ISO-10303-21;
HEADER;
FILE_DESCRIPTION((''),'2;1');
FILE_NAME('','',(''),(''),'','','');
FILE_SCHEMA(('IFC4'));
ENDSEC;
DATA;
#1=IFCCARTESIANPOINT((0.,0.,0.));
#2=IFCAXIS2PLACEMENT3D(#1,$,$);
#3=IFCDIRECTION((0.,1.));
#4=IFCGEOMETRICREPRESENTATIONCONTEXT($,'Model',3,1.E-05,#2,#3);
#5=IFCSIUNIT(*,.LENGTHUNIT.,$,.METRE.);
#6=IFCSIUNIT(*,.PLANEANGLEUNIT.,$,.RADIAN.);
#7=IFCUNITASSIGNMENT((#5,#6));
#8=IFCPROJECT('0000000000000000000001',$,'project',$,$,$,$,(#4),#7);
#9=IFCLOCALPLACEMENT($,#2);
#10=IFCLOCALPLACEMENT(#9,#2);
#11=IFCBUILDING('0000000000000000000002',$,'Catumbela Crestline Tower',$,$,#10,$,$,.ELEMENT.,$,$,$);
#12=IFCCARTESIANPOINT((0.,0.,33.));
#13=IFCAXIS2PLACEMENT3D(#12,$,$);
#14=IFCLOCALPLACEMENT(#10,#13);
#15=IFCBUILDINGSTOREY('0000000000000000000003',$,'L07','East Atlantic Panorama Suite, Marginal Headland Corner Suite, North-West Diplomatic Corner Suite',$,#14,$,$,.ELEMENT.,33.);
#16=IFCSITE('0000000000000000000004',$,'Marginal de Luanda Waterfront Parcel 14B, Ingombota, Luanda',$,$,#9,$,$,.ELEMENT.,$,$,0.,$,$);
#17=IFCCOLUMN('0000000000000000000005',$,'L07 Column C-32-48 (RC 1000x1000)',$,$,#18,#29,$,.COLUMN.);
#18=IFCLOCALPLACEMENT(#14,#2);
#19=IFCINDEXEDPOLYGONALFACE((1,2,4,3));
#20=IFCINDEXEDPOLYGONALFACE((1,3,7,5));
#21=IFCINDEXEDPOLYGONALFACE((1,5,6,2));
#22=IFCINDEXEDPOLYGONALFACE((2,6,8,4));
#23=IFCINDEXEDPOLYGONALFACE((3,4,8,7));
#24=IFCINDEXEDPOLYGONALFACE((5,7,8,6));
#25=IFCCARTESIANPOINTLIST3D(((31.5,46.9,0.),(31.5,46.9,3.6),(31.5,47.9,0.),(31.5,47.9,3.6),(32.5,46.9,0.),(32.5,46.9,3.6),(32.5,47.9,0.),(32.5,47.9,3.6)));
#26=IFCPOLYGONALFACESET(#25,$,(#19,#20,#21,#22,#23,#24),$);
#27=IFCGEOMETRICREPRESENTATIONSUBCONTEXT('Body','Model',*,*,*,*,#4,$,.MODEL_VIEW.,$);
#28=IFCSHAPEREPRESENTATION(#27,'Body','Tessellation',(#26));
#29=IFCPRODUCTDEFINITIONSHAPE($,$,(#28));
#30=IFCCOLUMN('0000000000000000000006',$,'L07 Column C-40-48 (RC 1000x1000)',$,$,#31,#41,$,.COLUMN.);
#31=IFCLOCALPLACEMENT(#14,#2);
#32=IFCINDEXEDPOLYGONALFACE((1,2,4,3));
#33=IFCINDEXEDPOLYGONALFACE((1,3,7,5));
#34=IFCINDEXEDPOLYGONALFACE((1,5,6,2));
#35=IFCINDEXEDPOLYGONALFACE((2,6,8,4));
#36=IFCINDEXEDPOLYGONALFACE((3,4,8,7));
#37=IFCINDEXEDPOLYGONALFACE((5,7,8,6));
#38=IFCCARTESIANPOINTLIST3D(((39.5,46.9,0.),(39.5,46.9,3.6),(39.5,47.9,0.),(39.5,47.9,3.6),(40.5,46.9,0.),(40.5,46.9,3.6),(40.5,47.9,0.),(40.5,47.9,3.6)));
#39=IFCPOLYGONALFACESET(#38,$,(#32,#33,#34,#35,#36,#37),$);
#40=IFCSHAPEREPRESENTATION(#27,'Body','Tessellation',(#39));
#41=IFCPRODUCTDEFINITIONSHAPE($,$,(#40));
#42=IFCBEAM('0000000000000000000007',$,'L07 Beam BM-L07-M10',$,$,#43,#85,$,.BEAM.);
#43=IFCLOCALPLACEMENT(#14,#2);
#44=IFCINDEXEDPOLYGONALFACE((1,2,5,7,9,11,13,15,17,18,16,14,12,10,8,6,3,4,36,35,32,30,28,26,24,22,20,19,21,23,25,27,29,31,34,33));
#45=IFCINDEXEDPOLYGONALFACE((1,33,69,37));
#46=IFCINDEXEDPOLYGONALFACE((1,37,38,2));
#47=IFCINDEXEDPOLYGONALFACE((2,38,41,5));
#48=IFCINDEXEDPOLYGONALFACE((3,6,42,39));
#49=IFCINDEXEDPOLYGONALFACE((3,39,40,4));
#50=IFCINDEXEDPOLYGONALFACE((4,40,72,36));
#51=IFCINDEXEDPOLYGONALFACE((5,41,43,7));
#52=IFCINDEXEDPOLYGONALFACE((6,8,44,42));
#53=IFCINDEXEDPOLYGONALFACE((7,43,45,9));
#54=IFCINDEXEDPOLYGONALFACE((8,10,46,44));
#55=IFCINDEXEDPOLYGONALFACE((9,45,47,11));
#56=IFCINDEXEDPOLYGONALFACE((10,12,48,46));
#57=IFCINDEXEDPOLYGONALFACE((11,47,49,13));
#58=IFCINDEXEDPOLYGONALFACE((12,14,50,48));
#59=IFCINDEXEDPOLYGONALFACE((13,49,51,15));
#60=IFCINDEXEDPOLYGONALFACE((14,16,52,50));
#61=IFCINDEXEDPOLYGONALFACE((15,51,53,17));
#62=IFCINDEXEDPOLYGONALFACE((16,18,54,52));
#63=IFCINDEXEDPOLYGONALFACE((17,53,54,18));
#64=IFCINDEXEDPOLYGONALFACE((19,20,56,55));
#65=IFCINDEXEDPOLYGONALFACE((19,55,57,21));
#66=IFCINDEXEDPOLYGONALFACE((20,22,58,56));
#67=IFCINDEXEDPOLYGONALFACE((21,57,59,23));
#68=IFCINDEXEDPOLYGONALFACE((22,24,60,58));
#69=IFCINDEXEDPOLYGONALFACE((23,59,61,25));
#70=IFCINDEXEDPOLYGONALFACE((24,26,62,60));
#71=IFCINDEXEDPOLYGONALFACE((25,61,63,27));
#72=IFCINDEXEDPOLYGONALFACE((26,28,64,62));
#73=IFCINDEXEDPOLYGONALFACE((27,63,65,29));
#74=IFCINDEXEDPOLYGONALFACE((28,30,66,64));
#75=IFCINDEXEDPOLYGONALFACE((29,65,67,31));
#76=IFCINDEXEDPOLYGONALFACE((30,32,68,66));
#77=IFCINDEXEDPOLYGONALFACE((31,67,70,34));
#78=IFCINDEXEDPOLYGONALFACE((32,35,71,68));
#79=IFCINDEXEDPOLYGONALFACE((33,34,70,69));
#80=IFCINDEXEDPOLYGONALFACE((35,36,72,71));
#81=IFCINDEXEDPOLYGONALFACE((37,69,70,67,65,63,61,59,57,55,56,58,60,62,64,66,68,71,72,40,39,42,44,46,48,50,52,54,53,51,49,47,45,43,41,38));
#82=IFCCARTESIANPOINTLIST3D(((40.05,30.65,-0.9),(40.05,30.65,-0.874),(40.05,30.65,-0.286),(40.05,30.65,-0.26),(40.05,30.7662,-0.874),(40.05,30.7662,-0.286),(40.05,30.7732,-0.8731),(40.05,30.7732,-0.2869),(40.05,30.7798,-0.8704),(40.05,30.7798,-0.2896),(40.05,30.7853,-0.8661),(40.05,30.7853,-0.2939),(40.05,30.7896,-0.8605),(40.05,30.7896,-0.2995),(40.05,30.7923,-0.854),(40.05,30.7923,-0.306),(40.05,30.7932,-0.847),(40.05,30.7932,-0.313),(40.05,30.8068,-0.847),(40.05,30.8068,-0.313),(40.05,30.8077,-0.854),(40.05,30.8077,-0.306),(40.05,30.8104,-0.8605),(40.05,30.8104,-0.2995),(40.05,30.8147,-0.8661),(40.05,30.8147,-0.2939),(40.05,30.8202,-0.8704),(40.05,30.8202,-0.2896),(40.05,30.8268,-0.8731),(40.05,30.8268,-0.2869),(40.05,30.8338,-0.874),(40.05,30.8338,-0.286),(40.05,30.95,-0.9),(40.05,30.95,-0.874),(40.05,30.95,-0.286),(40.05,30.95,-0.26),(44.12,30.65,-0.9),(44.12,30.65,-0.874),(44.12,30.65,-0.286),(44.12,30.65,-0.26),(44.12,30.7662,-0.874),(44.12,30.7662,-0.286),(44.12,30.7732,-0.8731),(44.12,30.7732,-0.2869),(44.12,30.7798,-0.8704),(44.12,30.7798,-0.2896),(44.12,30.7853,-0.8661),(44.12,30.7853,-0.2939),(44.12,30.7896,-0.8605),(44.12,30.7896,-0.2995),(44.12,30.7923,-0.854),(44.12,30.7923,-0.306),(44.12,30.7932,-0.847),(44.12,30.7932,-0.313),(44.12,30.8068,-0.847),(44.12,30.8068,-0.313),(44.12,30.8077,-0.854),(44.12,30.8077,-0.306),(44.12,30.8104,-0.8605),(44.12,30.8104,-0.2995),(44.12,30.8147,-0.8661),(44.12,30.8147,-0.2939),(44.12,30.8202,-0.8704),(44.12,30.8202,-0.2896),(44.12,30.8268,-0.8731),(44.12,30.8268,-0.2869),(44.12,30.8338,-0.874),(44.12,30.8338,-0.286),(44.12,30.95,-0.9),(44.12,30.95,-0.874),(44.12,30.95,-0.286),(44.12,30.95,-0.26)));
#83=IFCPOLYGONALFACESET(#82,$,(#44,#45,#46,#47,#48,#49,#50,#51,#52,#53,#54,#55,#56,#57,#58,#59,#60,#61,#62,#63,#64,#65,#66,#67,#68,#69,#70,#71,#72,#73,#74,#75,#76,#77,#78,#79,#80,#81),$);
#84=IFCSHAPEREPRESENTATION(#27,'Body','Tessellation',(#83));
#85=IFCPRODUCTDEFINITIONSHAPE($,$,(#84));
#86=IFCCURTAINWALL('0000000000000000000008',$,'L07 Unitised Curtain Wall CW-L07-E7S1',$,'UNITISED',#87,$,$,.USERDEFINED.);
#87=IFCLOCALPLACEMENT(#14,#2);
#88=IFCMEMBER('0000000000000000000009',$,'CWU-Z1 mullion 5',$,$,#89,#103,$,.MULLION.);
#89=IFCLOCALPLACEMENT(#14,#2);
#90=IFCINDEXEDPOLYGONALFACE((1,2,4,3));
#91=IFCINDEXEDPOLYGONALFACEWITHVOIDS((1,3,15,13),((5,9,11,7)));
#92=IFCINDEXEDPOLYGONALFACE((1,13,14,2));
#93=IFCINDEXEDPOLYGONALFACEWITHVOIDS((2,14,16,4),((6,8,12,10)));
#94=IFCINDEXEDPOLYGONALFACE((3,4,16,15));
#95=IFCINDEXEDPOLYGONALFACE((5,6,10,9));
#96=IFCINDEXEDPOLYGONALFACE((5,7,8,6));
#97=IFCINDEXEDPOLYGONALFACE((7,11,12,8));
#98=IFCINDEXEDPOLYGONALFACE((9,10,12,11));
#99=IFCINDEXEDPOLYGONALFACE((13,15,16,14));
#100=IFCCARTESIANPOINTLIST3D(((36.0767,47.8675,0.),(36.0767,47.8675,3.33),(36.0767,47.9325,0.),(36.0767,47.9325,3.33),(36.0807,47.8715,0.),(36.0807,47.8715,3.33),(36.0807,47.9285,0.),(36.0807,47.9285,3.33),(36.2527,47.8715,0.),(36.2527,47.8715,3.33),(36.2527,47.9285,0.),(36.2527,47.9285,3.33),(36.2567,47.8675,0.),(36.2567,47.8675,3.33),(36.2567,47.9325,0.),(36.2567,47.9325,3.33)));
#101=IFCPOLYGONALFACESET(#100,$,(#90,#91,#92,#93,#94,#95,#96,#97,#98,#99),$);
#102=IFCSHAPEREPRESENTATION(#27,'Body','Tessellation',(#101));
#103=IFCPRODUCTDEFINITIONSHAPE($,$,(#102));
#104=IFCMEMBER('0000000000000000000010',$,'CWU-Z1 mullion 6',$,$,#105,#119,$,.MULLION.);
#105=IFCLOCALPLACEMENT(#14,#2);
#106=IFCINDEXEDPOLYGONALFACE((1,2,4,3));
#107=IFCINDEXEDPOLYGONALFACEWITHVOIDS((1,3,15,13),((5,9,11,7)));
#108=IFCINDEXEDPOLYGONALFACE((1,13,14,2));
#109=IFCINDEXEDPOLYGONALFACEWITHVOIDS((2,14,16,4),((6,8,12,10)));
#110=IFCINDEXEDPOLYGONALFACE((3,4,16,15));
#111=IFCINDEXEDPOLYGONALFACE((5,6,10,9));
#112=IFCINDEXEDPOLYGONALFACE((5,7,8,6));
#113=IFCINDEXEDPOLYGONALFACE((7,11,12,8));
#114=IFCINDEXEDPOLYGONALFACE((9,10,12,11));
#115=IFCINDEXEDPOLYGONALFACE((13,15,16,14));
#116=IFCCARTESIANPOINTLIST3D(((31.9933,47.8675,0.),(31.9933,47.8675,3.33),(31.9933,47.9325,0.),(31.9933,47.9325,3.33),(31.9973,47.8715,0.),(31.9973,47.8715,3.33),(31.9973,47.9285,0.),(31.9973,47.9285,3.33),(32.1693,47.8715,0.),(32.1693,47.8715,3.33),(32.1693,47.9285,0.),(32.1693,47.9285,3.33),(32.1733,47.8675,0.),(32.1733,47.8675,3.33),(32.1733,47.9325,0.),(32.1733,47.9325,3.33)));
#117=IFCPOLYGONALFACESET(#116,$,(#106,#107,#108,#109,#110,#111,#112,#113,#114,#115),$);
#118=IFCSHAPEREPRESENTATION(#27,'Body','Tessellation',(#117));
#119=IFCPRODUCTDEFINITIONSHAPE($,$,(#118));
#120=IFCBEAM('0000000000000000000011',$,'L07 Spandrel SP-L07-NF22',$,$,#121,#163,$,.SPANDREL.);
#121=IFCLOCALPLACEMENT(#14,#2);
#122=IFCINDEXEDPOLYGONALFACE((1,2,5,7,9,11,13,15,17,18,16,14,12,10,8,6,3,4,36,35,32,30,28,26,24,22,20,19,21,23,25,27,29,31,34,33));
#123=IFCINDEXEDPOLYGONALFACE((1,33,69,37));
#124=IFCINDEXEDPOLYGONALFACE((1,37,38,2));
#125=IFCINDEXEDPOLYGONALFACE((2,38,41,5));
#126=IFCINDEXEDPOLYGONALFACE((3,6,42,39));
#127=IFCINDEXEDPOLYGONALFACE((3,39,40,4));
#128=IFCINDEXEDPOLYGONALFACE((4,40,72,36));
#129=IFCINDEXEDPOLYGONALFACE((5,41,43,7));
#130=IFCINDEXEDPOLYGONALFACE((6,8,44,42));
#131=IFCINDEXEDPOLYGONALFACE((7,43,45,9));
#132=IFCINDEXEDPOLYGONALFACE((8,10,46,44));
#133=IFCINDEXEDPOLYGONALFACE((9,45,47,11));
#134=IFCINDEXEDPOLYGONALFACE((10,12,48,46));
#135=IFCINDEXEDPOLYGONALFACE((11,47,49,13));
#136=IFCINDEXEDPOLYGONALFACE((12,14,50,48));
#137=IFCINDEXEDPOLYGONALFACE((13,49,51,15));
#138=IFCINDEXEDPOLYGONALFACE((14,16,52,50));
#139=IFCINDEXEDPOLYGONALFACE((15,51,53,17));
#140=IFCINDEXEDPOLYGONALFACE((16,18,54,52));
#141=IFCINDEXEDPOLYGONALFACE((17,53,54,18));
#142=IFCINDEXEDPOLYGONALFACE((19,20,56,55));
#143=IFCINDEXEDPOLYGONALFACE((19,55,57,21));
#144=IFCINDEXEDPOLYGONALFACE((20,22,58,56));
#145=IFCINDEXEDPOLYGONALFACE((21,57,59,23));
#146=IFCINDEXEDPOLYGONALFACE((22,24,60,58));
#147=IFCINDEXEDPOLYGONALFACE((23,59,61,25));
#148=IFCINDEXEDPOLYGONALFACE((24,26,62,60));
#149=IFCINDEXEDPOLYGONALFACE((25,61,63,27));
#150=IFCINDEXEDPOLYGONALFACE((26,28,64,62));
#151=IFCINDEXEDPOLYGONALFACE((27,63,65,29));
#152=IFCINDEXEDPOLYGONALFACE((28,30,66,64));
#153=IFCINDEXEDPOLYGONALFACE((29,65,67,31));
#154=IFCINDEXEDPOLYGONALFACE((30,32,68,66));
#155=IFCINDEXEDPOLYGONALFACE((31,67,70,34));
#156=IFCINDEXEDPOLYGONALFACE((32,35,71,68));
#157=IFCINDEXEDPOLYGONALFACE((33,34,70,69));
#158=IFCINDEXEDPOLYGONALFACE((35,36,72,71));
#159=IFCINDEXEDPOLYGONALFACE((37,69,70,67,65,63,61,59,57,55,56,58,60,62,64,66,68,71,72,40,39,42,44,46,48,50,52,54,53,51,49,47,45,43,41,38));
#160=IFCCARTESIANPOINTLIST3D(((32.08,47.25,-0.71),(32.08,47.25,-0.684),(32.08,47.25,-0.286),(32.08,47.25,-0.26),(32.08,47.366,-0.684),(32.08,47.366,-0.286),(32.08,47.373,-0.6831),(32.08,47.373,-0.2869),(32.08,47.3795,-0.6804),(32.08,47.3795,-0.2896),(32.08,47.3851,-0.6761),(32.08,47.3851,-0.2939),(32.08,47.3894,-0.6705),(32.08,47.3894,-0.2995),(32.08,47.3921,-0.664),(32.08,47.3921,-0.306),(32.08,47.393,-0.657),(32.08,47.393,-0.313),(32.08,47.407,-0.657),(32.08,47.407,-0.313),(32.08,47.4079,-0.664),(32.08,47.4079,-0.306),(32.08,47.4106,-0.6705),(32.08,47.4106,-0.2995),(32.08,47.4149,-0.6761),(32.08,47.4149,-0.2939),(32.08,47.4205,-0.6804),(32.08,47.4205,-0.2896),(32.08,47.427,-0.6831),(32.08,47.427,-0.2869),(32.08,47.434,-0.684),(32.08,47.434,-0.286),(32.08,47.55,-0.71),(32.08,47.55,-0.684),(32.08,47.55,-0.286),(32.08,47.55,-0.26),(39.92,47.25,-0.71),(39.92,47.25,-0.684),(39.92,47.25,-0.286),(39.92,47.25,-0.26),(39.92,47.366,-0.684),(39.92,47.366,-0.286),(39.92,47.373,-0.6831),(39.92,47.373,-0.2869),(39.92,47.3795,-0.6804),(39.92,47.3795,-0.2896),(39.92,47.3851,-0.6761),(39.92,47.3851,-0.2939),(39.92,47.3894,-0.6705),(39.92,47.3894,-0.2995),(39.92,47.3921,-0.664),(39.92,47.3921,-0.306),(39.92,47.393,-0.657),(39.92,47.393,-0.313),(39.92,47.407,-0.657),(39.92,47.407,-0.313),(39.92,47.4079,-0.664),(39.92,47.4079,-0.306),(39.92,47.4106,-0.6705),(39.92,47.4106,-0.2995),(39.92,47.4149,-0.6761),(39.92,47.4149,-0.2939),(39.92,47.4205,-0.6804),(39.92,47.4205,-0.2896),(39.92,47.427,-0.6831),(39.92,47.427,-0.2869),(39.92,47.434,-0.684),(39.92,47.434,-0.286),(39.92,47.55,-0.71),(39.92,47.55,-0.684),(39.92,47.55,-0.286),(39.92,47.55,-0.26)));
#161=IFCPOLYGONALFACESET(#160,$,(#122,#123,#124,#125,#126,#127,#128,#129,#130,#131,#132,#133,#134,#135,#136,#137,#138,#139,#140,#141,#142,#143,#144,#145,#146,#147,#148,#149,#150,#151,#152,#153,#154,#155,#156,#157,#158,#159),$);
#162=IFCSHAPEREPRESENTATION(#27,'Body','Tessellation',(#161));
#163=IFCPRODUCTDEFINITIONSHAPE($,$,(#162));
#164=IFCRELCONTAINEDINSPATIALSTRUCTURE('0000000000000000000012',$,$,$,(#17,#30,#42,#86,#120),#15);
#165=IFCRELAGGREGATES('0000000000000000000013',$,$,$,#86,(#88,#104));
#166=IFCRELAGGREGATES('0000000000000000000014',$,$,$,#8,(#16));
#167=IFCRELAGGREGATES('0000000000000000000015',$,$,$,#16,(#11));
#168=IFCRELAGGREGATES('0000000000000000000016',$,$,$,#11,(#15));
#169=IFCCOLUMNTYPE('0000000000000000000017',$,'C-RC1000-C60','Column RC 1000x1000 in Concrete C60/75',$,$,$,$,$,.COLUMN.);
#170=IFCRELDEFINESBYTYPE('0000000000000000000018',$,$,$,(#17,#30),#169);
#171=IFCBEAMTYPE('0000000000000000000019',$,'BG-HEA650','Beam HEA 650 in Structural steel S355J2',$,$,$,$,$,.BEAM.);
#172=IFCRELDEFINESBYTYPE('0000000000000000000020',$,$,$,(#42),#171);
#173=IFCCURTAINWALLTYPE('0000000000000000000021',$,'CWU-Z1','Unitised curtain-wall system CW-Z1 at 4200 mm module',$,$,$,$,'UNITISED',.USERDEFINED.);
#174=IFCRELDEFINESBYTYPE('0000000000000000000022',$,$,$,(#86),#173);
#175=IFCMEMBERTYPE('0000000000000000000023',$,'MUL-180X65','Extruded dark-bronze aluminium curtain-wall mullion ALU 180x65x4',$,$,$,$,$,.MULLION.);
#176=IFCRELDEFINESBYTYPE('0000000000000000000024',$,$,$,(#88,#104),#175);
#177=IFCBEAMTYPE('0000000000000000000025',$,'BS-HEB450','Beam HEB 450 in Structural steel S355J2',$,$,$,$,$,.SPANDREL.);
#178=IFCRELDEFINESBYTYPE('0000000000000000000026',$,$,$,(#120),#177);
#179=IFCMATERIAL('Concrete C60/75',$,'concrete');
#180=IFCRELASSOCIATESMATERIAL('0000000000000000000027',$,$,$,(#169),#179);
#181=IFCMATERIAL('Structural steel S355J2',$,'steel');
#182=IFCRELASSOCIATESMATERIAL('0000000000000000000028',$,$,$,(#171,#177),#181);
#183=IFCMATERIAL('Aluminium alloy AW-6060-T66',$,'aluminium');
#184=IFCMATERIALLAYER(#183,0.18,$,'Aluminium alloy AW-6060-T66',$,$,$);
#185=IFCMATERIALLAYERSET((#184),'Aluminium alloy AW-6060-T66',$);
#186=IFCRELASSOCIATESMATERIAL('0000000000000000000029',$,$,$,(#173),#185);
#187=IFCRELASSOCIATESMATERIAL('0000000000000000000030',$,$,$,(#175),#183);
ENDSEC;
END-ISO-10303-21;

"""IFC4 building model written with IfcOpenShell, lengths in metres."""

from ifc_helpers import new_model, si_unit, direction, frame, origin, origin_2d, place, context, subcontext, project, spatial, rectangle, hollow_rectangle, i_section, extrude, material, layer, layer_set, material_profile, profile_set, type_object, element, aggregate, save


model = new_model("IFC4")

# Units and contexts
model_context = context("Model", 3, precision=1e-05, world=origin(), true_north=direction((0.0, 1.0)))
body_context = subcontext(model_context, "Body", "Model", "MODEL_VIEW")
ifc_project = project(units=[si_unit("LENGTHUNIT", "METRE"), si_unit("PLANEANGLEUNIT", "RADIAN")], contexts=[model_context])

# Site, building, storey
site_placement = place(None, origin())
site = spatial("IfcSite", under=ifc_project, at=site_placement, Name="Marginal de Luanda Waterfront Parcel 14B, Ingombota, Luanda", CompositionType="ELEMENT", RefElevation=0.0)
building_placement = place(site_placement, origin())
building = spatial("IfcBuilding", under=site, at=building_placement, Name="Catumbela Crestline Tower", CompositionType="ELEMENT")
storey_placement = place(building_placement, frame((0.0, 0.0, 33.0)))
storey = spatial("IfcBuildingStorey", under=building, at=storey_placement, Name="L07", Description="East Atlantic Panorama Suite, Marginal Headland Corner Suite, North-West Diplomatic Corner Suite", CompositionType="ELEMENT", Elevation=33.0)

# Columns
ifc_material_1 = material(Name="Concrete C60/75", Category="concrete")
ifc_material_profile_1 = material_profile(ifc_material_1, rectangle(XDim=1.0, YDim=1.0, at=origin_2d()), Name="RC 1000x1000")
ifc_profile_set_1 = profile_set([ifc_material_profile_1], Name="Concrete C60/75")
column_type = type_object("IfcColumnType", Name="C-RC1000-C60", Description="Column RC 1000x1000 in Concrete C60/75", PredefinedType="COLUMN", material=ifc_profile_set_1)
for number, where, z_axis, x_axis, name in (
    (1, (32.0, 47.4, 0.0), (0.0, 0.0, 1.0), (1.0, 0.0, 0.0), "L07 Column C-32-48 (RC 1000x1000)"),
    (2, (40.0, 47.4, 0.0), (0.0, 0.0, 1.0), (1.0, 0.0, 0.0), "L07 Column C-40-48 (RC 1000x1000)"),
):
    element("IfcColumn", number, at=place(storey_placement, frame(where, z_axis=z_axis, x_axis=x_axis)), inside=storey, type_object=column_type, Name=name, PredefinedType="COLUMN", context=body_context, shape_type="SweptSolid", body=[
        extrude(rectangle(XDim=1.0, YDim=1.0, at=origin_2d()), origin(), (0.0, 0.0, 1.0), 3.6),
    ])

# Beam
ifc_material_2 = material(Name="Structural steel S355J2", Category="steel")
ifc_material_profile_2 = material_profile(ifc_material_2, i_section(OverallWidth=0.3, OverallDepth=0.64, WebThickness=0.0135, FlangeThickness=0.026, FilletRadius=0.027, at=origin_2d()), Name="HEA 650")
ifc_profile_set_2 = profile_set([ifc_material_profile_2], Name="Structural steel S355J2")
beam_type_1 = type_object("IfcBeamType", Name="BG-HEA650", Description="Beam HEA 650 in Structural steel S355J2", PredefinedType="BEAM", material=ifc_profile_set_2)
beam_1_placement = place(storey_placement, frame((40.05, 30.8, -0.58), z_axis=(1.0, 0.0, 0.0), x_axis=(0.0, 1.0, 0.0)))
element("IfcBeam", 3, at=beam_1_placement, inside=storey, type_object=beam_type_1, Name="L07 Beam BM-L07-M10", PredefinedType="BEAM", context=body_context, shape_type="SweptSolid", body=[
    extrude(i_section(OverallWidth=0.3, OverallDepth=0.64, WebThickness=0.0135, FlangeThickness=0.026, FilletRadius=0.027, at=origin_2d()), origin(), (0.0, 0.0, 1.0), 4.07),
])

# Curtain wall, members
ifc_material_3 = material(Name="Aluminium alloy AW-6060-T66", Category="aluminium")
ifc_layer_1 = layer(ifc_material_3, 0.18, Name="Aluminium alloy AW-6060-T66")
ifc_layer_set_1 = layer_set([ifc_layer_1], Name="Aluminium alloy AW-6060-T66")
curtain_wall_type = type_object("IfcCurtainWallType", Name="CWU-Z1", Description="Unitised curtain-wall system CW-Z1 at 4200 mm module", ElementType="UNITISED", PredefinedType="USERDEFINED", material=ifc_layer_set_1)
curtain_wall_placement = place(storey_placement, origin())
curtain_wall = element("IfcCurtainWall", 4, at=curtain_wall_placement, inside=storey, type_object=curtain_wall_type, Name="L07 Unitised Curtain Wall CW-L07-E7S1", ObjectType="UNITISED", PredefinedType="USERDEFINED")
ifc_material_profile_3 = material_profile(ifc_material_3, hollow_rectangle(XDim=0.065, YDim=0.18, WallThickness=0.004, at=origin_2d()), Name="ALU 180x65x4")
ifc_profile_set_3 = profile_set([ifc_material_profile_3], Name="Aluminium alloy AW-6060-T66")
member_type_1 = type_object("IfcMemberType", Name="MUL-180X65", Description="Extruded dark-bronze aluminium curtain-wall mullion ALU 180x65x4", PredefinedType="MULLION", material=ifc_profile_set_3)
member_1_placement = place(storey_placement, frame((36.1667, 47.9, 0.0), z_axis=(0.0, 0.0, 1.0), x_axis=(0.0, -1.0, 0.0)))
member_1 = element("IfcMember", 5, at=member_1_placement, type_object=member_type_1, Name="CWU-Z1 mullion 5", PredefinedType="MULLION", context=body_context, shape_type="SweptSolid", body=[
    extrude(hollow_rectangle(XDim=0.065, YDim=0.18, WallThickness=0.004, at=origin_2d()), origin(), (0.0, 0.0, 1.0), 3.33),
])
member_2_placement = place(storey_placement, frame((32.0833, 47.9, 0.0), z_axis=(0.0, 0.0, 1.0), x_axis=(0.0, -1.0, 0.0)))
member_2 = element("IfcMember", 6, at=member_2_placement, type_object=member_type_1, Name="CWU-Z1 mullion 6", PredefinedType="MULLION", context=body_context, shape_type="SweptSolid", body=[
    extrude(hollow_rectangle(XDim=0.065, YDim=0.18, WallThickness=0.004, at=origin_2d()), origin(), (0.0, 0.0, 1.0), 3.33),
])

# Beam
ifc_material_profile_4 = material_profile(ifc_material_2, i_section(OverallWidth=0.3, OverallDepth=0.45, WebThickness=0.014, FlangeThickness=0.026, FilletRadius=0.027, at=origin_2d()), Name="HEB 450")
ifc_profile_set_4 = profile_set([ifc_material_profile_4], Name="Structural steel S355J2")
beam_type_2 = type_object("IfcBeamType", Name="BS-HEB450", Description="Beam HEB 450 in Structural steel S355J2", PredefinedType="SPANDREL", material=ifc_profile_set_4)
beam_2_placement = place(storey_placement, frame((32.08, 47.4, -0.485), z_axis=(1.0, 0.0, 0.0), x_axis=(0.0, 1.0, 0.0)))
element("IfcBeam", 7, at=beam_2_placement, inside=storey, type_object=beam_type_2, Name="L07 Spandrel SP-L07-NF22", PredefinedType="SPANDREL", context=body_context, shape_type="SweptSolid", body=[
    extrude(i_section(OverallWidth=0.3, OverallDepth=0.45, WebThickness=0.014, FlangeThickness=0.026, FilletRadius=0.027, at=origin_2d()), origin(), (0.0, 0.0, 1.0), 7.84),
])

aggregate(curtain_wall, [member_1, member_2])

save(model, "model.ifc")
